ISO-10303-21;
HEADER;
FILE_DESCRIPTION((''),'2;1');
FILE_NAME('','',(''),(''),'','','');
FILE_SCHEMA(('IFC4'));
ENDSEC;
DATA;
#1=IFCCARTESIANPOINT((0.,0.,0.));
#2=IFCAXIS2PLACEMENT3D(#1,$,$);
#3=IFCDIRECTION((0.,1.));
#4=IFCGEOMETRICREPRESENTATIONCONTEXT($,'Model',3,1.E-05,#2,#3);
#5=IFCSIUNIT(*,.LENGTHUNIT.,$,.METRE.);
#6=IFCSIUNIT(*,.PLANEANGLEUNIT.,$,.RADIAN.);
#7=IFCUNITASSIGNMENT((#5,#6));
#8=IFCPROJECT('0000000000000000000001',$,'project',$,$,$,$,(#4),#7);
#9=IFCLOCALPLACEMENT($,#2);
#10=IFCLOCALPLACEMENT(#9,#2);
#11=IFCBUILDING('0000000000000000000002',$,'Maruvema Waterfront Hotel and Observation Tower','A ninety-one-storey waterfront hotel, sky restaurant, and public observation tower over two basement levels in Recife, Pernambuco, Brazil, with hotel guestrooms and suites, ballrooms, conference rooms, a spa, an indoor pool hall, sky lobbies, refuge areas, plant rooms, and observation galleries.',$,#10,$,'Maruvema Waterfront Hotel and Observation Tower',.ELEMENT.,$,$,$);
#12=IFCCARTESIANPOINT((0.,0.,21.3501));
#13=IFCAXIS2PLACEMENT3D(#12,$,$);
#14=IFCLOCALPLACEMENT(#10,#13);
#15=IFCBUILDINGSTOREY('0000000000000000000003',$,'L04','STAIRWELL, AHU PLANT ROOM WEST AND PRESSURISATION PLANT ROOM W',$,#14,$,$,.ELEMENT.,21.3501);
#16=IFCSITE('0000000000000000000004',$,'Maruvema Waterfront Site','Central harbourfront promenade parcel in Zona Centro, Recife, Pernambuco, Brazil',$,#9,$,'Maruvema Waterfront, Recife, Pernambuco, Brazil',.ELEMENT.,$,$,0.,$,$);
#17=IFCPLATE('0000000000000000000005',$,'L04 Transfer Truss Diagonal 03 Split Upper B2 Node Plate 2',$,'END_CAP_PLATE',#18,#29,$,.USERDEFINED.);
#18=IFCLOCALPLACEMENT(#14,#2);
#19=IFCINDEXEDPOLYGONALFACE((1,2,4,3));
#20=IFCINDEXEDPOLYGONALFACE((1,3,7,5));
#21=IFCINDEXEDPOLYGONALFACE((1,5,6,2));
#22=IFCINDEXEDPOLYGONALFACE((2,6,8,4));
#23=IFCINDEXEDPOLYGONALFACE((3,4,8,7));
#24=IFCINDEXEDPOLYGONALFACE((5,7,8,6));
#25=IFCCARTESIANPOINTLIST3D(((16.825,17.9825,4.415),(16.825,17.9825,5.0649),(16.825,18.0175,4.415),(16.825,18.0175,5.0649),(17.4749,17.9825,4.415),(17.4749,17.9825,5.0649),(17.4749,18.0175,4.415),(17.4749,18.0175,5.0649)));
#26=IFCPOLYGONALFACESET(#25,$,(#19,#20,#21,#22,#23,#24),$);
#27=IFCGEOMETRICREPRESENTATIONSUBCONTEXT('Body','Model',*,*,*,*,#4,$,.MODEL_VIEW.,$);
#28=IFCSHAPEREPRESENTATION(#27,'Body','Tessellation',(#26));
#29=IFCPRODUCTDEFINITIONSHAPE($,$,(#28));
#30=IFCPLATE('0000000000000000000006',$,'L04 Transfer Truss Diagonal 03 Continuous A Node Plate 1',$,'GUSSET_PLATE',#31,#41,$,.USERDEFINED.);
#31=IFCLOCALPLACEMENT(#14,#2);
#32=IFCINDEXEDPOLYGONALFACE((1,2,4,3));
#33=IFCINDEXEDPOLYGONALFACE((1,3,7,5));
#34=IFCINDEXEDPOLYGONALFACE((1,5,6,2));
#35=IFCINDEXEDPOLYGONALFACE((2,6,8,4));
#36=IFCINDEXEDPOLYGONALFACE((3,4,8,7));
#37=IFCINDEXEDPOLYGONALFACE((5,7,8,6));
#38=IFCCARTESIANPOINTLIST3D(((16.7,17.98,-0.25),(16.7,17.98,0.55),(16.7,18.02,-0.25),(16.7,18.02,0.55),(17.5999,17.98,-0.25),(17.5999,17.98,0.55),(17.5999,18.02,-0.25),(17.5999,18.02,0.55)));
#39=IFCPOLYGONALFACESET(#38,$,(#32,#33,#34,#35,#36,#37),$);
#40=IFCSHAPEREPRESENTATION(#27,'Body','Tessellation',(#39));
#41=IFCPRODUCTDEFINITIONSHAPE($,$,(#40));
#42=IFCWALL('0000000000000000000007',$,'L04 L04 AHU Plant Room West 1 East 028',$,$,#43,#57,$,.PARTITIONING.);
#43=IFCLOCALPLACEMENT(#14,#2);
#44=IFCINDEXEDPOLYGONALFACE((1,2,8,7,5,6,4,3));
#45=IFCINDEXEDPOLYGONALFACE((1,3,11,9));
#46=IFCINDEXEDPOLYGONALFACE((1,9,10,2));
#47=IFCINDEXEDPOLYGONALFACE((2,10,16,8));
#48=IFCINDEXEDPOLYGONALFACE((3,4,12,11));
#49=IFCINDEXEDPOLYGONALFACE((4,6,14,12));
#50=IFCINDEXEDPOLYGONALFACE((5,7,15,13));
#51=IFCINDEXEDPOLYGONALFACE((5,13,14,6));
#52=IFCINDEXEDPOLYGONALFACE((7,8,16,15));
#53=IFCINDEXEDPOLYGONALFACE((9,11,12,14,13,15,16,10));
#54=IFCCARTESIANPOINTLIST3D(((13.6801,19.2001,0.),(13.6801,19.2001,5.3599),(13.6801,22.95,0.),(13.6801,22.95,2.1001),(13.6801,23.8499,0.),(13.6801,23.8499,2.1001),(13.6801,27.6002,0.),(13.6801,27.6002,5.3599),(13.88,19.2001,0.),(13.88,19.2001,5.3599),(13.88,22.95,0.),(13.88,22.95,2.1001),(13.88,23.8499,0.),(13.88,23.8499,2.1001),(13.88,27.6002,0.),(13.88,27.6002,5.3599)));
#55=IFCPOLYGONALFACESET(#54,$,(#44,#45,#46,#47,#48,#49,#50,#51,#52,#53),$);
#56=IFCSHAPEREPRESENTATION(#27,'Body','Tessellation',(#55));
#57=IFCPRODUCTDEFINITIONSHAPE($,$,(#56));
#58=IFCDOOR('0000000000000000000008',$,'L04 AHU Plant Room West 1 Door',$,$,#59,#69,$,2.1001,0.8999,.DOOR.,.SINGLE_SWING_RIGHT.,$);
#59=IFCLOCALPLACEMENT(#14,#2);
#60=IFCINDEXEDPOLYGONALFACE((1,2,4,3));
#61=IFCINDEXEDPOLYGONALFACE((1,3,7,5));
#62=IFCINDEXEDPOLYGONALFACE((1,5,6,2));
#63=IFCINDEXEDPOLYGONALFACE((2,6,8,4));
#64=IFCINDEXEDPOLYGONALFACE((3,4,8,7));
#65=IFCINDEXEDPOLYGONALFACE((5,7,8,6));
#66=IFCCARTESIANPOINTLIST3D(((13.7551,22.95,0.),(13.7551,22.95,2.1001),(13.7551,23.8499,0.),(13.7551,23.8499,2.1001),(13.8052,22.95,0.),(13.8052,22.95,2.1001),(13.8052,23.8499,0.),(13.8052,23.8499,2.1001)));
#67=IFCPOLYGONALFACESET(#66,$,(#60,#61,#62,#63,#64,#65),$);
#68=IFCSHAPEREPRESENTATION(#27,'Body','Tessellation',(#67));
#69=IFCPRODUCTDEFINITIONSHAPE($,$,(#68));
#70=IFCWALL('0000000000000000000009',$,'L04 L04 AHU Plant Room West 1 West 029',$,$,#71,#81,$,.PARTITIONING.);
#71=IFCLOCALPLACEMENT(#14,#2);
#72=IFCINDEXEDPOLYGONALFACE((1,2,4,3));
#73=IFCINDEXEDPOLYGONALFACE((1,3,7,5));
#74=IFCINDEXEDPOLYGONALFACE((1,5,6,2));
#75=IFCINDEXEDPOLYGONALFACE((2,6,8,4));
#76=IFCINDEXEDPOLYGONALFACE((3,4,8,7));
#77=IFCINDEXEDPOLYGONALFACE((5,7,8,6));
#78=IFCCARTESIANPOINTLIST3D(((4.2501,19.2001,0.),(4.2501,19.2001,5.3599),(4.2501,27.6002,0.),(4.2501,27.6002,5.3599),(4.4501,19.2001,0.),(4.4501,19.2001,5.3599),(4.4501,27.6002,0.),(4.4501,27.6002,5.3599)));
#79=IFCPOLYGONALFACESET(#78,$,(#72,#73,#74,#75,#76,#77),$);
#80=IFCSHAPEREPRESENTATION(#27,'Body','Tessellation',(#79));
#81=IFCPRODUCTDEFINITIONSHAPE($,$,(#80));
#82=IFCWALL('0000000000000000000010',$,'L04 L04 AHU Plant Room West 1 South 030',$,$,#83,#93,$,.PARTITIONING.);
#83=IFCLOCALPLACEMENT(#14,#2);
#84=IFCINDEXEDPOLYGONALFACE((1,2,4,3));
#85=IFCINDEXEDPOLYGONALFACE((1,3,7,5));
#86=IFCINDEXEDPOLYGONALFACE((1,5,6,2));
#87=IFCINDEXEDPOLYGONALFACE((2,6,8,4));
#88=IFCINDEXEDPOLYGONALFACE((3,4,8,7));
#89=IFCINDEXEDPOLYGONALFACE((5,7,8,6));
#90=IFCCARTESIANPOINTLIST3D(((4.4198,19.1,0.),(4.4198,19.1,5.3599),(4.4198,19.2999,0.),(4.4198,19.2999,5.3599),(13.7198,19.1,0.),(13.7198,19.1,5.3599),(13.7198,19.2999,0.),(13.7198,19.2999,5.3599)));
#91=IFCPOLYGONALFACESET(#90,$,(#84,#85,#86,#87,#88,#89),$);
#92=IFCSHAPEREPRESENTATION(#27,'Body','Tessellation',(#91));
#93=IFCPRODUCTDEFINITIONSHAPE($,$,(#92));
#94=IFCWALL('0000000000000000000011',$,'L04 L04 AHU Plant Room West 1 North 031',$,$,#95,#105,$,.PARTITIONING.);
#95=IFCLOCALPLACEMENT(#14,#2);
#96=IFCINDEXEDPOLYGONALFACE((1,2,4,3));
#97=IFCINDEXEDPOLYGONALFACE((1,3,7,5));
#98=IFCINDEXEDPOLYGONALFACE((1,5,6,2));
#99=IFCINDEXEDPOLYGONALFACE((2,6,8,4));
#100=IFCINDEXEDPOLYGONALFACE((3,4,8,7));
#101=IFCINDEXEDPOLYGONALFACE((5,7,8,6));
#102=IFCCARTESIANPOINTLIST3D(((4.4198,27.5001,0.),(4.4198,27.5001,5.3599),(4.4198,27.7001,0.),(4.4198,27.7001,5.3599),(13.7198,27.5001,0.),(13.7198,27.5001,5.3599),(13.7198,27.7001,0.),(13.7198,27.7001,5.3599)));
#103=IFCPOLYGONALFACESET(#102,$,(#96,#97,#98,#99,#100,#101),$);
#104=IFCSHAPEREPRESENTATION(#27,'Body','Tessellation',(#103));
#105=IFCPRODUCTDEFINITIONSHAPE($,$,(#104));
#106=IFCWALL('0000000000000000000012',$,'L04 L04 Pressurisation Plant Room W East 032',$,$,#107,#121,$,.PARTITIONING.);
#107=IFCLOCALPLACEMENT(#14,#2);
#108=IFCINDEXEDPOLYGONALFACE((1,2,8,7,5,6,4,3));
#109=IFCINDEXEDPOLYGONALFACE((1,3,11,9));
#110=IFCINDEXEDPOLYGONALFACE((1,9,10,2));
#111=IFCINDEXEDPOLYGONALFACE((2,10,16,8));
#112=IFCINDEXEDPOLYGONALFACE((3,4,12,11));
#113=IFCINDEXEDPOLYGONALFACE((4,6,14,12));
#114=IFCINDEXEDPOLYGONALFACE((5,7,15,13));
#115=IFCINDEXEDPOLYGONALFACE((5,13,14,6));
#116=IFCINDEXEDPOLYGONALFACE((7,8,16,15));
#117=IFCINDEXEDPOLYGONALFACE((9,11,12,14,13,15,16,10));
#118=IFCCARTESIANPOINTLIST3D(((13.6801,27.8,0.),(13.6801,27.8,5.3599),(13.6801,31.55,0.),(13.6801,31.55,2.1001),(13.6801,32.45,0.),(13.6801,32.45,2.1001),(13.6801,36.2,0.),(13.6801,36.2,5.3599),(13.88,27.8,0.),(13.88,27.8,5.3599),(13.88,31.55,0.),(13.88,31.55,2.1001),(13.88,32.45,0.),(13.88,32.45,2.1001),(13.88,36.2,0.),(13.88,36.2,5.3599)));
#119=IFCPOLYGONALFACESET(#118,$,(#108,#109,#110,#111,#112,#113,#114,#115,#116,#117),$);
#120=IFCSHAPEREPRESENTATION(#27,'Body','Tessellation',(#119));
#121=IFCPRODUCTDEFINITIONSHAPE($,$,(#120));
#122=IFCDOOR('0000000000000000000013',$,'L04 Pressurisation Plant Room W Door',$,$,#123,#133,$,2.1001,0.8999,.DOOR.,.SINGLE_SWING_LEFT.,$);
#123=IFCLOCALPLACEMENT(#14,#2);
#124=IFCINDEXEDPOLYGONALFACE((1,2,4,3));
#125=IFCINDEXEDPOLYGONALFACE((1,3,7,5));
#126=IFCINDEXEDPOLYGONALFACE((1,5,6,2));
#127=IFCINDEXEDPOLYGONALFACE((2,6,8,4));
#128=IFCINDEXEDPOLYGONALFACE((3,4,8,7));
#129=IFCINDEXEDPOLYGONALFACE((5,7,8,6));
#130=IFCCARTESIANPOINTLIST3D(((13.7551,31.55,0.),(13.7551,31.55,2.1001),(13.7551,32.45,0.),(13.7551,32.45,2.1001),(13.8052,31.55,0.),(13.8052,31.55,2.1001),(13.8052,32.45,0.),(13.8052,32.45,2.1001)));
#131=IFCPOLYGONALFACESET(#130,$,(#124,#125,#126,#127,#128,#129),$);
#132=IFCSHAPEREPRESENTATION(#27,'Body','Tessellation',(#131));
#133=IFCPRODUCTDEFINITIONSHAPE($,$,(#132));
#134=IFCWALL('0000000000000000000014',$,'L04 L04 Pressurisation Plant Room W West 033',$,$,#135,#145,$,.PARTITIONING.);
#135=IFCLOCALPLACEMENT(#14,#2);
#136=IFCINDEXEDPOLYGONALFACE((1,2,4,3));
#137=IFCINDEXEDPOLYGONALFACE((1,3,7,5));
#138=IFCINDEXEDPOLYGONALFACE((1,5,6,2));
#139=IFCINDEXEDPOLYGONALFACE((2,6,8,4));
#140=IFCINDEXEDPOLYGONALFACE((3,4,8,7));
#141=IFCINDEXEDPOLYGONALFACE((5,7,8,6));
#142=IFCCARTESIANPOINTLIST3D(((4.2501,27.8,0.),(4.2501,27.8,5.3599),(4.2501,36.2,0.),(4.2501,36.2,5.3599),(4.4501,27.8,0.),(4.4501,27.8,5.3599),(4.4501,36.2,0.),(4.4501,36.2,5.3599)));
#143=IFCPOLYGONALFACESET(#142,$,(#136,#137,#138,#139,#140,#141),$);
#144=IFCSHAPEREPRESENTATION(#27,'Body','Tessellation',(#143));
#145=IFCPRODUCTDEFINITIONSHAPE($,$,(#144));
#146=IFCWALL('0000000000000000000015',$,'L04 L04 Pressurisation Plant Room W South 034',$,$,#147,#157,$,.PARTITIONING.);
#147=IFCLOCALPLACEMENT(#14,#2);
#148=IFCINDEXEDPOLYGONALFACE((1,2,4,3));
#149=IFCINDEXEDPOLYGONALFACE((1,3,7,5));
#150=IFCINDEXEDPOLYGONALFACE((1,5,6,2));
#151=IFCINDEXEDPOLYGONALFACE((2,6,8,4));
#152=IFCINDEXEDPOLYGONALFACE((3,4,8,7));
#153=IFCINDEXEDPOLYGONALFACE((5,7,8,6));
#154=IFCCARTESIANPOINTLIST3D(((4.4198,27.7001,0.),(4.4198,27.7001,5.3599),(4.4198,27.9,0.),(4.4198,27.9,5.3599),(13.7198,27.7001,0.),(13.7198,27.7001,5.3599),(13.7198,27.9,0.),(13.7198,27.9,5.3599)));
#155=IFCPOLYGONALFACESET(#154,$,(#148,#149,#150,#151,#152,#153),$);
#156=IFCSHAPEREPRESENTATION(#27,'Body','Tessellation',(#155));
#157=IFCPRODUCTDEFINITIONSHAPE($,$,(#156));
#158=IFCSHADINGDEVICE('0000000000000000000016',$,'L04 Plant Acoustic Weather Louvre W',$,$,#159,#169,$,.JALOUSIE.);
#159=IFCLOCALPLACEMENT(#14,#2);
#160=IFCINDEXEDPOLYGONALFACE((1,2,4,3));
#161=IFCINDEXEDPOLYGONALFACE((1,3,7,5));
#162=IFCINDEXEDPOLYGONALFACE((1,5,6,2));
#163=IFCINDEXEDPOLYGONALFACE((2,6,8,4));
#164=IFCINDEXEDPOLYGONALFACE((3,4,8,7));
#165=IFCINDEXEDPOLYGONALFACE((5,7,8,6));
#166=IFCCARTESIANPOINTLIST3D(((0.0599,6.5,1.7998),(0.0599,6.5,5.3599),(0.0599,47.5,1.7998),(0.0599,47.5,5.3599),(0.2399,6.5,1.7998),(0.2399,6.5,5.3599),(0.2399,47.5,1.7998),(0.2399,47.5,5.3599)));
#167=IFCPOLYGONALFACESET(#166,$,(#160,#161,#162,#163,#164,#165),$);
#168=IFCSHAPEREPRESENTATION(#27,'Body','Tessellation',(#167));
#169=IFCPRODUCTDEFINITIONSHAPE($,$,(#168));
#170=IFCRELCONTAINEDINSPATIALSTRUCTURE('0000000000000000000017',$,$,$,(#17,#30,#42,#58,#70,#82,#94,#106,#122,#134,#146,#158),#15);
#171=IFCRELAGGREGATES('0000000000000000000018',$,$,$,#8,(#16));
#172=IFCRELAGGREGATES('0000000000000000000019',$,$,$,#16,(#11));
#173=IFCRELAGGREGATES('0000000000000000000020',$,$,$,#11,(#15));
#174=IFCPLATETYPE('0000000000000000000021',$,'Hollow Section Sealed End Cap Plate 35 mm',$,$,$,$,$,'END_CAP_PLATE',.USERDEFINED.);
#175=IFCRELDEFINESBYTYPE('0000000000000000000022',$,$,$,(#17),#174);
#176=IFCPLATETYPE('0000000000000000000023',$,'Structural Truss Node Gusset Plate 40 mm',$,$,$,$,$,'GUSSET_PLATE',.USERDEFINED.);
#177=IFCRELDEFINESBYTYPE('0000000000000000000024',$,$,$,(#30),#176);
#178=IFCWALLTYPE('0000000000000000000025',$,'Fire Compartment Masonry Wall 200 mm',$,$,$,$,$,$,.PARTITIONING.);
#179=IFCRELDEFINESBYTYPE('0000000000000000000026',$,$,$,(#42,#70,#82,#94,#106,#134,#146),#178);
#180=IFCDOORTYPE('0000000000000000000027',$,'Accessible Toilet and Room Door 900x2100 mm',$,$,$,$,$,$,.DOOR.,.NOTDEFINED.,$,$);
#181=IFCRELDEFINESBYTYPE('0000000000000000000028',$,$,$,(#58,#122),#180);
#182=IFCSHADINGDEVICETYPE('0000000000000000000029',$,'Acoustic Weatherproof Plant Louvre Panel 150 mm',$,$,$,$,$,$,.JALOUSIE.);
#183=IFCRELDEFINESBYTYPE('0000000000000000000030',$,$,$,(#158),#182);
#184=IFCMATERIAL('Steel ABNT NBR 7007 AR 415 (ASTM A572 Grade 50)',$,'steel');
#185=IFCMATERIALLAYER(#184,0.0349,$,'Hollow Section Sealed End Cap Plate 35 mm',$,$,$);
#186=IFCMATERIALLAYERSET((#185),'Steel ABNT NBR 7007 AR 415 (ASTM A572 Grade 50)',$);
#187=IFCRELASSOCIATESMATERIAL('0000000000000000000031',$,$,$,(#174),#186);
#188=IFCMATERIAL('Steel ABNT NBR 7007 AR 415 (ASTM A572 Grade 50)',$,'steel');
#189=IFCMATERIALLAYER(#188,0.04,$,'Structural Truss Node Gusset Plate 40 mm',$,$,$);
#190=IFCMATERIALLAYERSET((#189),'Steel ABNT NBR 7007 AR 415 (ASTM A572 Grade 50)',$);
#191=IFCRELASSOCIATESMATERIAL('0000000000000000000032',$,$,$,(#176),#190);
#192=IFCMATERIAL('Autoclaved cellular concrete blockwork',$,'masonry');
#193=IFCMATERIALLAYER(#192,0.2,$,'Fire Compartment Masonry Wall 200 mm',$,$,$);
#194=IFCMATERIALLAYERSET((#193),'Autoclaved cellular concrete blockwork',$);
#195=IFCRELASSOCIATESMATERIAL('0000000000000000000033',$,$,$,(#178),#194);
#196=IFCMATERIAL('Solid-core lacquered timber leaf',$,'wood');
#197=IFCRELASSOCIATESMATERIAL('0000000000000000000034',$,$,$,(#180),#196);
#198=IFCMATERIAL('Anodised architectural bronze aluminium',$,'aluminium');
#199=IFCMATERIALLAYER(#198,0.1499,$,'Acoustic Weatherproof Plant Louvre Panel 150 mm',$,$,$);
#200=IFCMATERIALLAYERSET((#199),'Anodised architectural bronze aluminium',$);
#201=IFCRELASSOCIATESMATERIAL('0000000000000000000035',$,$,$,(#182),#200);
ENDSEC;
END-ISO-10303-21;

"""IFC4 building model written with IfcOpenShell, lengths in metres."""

from ifc_helpers import new_model, si_unit, direction, frame, frame_2d, origin, origin_2d, place, context, subcontext, project, spatial, rectangle, extrude, material, layer, layer_set, type_object, element, fill, save


model = new_model("IFC4")

# Units and contexts
model_context = context("Model", 3, precision=1e-05, world=origin(), true_north=direction((0.0, 1.0)))
body_context = subcontext(model_context, "Body", "Model", "MODEL_VIEW")
ifc_project = project(units=[si_unit("LENGTHUNIT", "METRE"), si_unit("PLANEANGLEUNIT", "RADIAN")], contexts=[model_context])

# Site, building, storey
site_placement = place(None, origin())
site = spatial("IfcSite", under=ifc_project, at=site_placement, Name="Maruvema Waterfront Site", Description="Central harbourfront promenade parcel in Zona Centro, Recife, Pernambuco, Brazil", LongName="Maruvema Waterfront, Recife, Pernambuco, Brazil", CompositionType="ELEMENT", RefElevation=0.0)
building_placement = place(site_placement, origin())
building = spatial("IfcBuilding", under=site, at=building_placement, Name="Maruvema Waterfront Hotel and Observation Tower", Description="A ninety-one-storey waterfront hotel, sky restaurant, and public observation tower over two basement levels in Recife, Pernambuco, Brazil, with hotel guestrooms and suites, ballrooms, conference rooms, a spa, an indoor pool hall, sky lobbies, refuge areas, plant rooms, and observation galleries.", LongName="Maruvema Waterfront Hotel and Observation Tower", CompositionType="ELEMENT")
storey_placement = place(building_placement, frame((0.0, 0.0, 21.3501)))
storey = spatial("IfcBuildingStorey", under=building, at=storey_placement, Name="L04", Description="STAIRWELL, AHU PLANT ROOM WEST AND PRESSURISATION PLANT ROOM W", CompositionType="ELEMENT", Elevation=21.3501)

# Plates
ifc_material_1 = material(Name="Steel ABNT NBR 7007 AR 415 (ASTM A572 Grade 50)", Category="steel")
ifc_layer_1 = layer(ifc_material_1, 0.0349, Name="Hollow Section Sealed End Cap Plate 35 mm")
ifc_layer_set_1 = layer_set([ifc_layer_1], Name="Steel ABNT NBR 7007 AR 415 (ASTM A572 Grade 50)")
plate_type_1 = type_object("IfcPlateType", Name="Hollow Section Sealed End Cap Plate 35 mm", ElementType="END_CAP_PLATE", PredefinedType="USERDEFINED", material=ifc_layer_set_1)
plate_1_placement = place(storey_placement, frame((17.1499, 18.0, 4.415), z_axis=(0.0, 0.0, 1.0), x_axis=(-1.0, 0.0, 0.0)))
element("IfcPlate", 1, at=plate_1_placement, inside=storey, type_object=plate_type_1, Name="L04 Transfer Truss Diagonal 03 Split Upper B2 Node Plate 2", ObjectType="END_CAP_PLATE", PredefinedType="USERDEFINED", context=body_context, shape_type="SweptSolid", body=[
    extrude(rectangle(XDim=0.6499, YDim=0.0349, at=origin_2d()), origin(), (0.0, 0.0, 1.0), 0.6499),
])
ifc_material_2 = material(Name="Steel ABNT NBR 7007 AR 415 (ASTM A572 Grade 50)", Category="steel")
ifc_layer_2 = layer(ifc_material_2, 0.04, Name="Structural Truss Node Gusset Plate 40 mm")
ifc_layer_set_2 = layer_set([ifc_layer_2], Name="Steel ABNT NBR 7007 AR 415 (ASTM A572 Grade 50)")
plate_type_2 = type_object("IfcPlateType", Name="Structural Truss Node Gusset Plate 40 mm", ElementType="GUSSET_PLATE", PredefinedType="USERDEFINED", material=ifc_layer_set_2)
plate_2_placement = place(storey_placement, frame((17.1499, 18.0, -0.25), z_axis=(0.0, 0.0, 1.0), x_axis=(1.0, 0.0, 0.0)))
element("IfcPlate", 2, at=plate_2_placement, inside=storey, type_object=plate_type_2, Name="L04 Transfer Truss Diagonal 03 Continuous A Node Plate 1", ObjectType="GUSSET_PLATE", PredefinedType="USERDEFINED", context=body_context, shape_type="SweptSolid", body=[
    extrude(rectangle(XDim=0.8999, YDim=0.04, at=origin_2d()), origin(), (0.0, 0.0, 1.0), 0.8),
])

# Wall, opening, door
ifc_material_3 = material(Name="Autoclaved cellular concrete blockwork", Category="masonry")
ifc_layer_3 = layer(ifc_material_3, 0.2, Name="Fire Compartment Masonry Wall 200 mm")
ifc_layer_set_3 = layer_set([ifc_layer_3], Name="Autoclaved cellular concrete blockwork")
wall_type = type_object("IfcWallType", Name="Fire Compartment Masonry Wall 200 mm", PredefinedType="PARTITIONING", material=ifc_layer_set_3)
wall_1_placement = place(storey_placement, frame((13.78, 19.2, 0.0), z_axis=(0.0, 0.0, 1.0), x_axis=(0.0, 1.0, 0.0)))
wall_1 = element("IfcWall", 3, at=wall_1_placement, inside=storey, type_object=wall_type, Name="L04 L04 AHU Plant Room West 1 East 028", PredefinedType="PARTITIONING", context=body_context, shape_type="SweptSolid", body=[
    extrude(rectangle(XDim=8.4001, YDim=0.2, at=frame_2d((4.2002, 0.0))), origin(), (0.0, 0.0, 1.0), 5.3599),
])
opening_1_placement = place(wall_1_placement, frame((3.75, 0.0, 0.0)))
opening_1 = element("IfcOpeningElement", 4, at=opening_1_placement, cuts=wall_1, PredefinedType="OPENING", context=body_context, shape_type="SweptSolid", body=[
    extrude(rectangle(XDim=0.8999, YDim=2.1001, at=frame_2d((0.45, 1.05))), frame((0.0, 0.1099, 0.0), z_axis=(0.0, -1.0, 0.0), x_axis=(1.0, 0.0, 0.0)), (0.0, 0.0, 1.0), 0.22),
])
ifc_material_4 = material(Name="Solid-core lacquered timber leaf", Category="wood")
door_type = type_object("IfcDoorType", Name="Accessible Toilet and Room Door 900x2100 mm", OperationType="NOTDEFINED", PredefinedType="DOOR", material=ifc_material_4)
door_1_placement = place(opening_1_placement, origin())
door_1 = element("IfcDoor", 5, at=door_1_placement, inside=storey, type_object=door_type, Name="L04 AHU Plant Room West 1 Door", OperationType="SINGLE_SWING_RIGHT", OverallHeight=2.1001, OverallWidth=0.8999, PredefinedType="DOOR", context=body_context, shape_type="SweptSolid", body=[
    extrude(rectangle(XDim=0.8999, YDim=2.1001, at=frame_2d((0.45, 1.05))), frame((0.0, 0.0249, 0.0), z_axis=(0.0, -1.0, 0.0), x_axis=(1.0, 0.0, 0.0)), (0.0, 0.0, 1.0), 0.05),
])
fill(opening_1, door_1)

# Walls
wall_2_placement = place(storey_placement, frame((4.3501, 19.2, 0.0), z_axis=(0.0, 0.0, 1.0), x_axis=(0.0, 1.0, 0.0)))
element("IfcWall", 6, at=wall_2_placement, inside=storey, type_object=wall_type, Name="L04 L04 AHU Plant Room West 1 West 029", PredefinedType="PARTITIONING", context=body_context, shape_type="SweptSolid", body=[
    extrude(rectangle(XDim=8.4001, YDim=0.2, at=frame_2d((4.2002, 0.0))), origin(), (0.0, 0.0, 1.0), 5.3599),
])
for number, where, z_axis, x_axis, name in (
    (7, (4.4199, 19.2, 0.0), (0.0, 0.0, 1.0), (1.0, 0.0, 0.0), "L04 L04 AHU Plant Room West 1 South 030"),
    (8, (4.4199, 27.6001, 0.0), (0.0, 0.0, 1.0), (1.0, 0.0, 0.0), "L04 L04 AHU Plant Room West 1 North 031"),
):
    element("IfcWall", number, at=place(storey_placement, frame(where, z_axis=z_axis, x_axis=x_axis)), inside=storey, type_object=wall_type, Name=name, PredefinedType="PARTITIONING", context=body_context, shape_type="SweptSolid", body=[
        extrude(rectangle(XDim=9.3, YDim=0.2, at=frame_2d((4.6499, 0.0))), origin(), (0.0, 0.0, 1.0), 5.3599),
    ])

# Wall, opening, door
wall_3_placement = place(storey_placement, frame((13.78, 27.8, 0.0), z_axis=(0.0, 0.0, 1.0), x_axis=(0.0, 1.0, 0.0)))
wall_3 = element("IfcWall", 9, at=wall_3_placement, inside=storey, type_object=wall_type, Name="L04 L04 Pressurisation Plant Room W East 032", PredefinedType="PARTITIONING", context=body_context, shape_type="SweptSolid", body=[
    extrude(rectangle(XDim=8.3999, YDim=0.2, at=frame_2d((4.2, 0.0))), origin(), (0.0, 0.0, 1.0), 5.3599),
])
opening_2_placement = place(wall_3_placement, frame((3.75, 0.0, 0.0)))
opening_2 = element("IfcOpeningElement", 10, at=opening_2_placement, cuts=wall_3, PredefinedType="OPENING", context=body_context, shape_type="SweptSolid", body=[
    extrude(rectangle(XDim=0.8999, YDim=2.1001, at=frame_2d((0.45, 1.05))), frame((0.0, 0.1099, 0.0), z_axis=(0.0, -1.0, 0.0), x_axis=(1.0, 0.0, 0.0)), (0.0, 0.0, 1.0), 0.22),
])
door_2_placement = place(opening_2_placement, origin())
door_2 = element("IfcDoor", 11, at=door_2_placement, inside=storey, type_object=door_type, Name="L04 Pressurisation Plant Room W Door", OperationType="SINGLE_SWING_LEFT", OverallHeight=2.1001, OverallWidth=0.8999, PredefinedType="DOOR", context=body_context, shape_type="SweptSolid", body=[
    extrude(rectangle(XDim=0.8999, YDim=2.1001, at=frame_2d((0.45, 1.05))), frame((0.0, 0.0249, 0.0), z_axis=(0.0, -1.0, 0.0), x_axis=(1.0, 0.0, 0.0)), (0.0, 0.0, 1.0), 0.05),
])
fill(opening_2, door_2)

# Walls
wall_4_placement = place(storey_placement, frame((4.3501, 27.8, 0.0), z_axis=(0.0, 0.0, 1.0), x_axis=(0.0, 1.0, 0.0)))
element("IfcWall", 12, at=wall_4_placement, inside=storey, type_object=wall_type, Name="L04 L04 Pressurisation Plant Room W West 033", PredefinedType="PARTITIONING", context=body_context, shape_type="SweptSolid", body=[
    extrude(rectangle(XDim=8.3999, YDim=0.2, at=frame_2d((4.2, 0.0))), origin(), (0.0, 0.0, 1.0), 5.3599),
])
wall_5_placement = place(storey_placement, frame((4.4199, 27.8, 0.0), z_axis=(0.0, 0.0, 1.0), x_axis=(1.0, 0.0, 0.0)))
element("IfcWall", 13, at=wall_5_placement, inside=storey, type_object=wall_type, Name="L04 L04 Pressurisation Plant Room W South 034", PredefinedType="PARTITIONING", context=body_context, shape_type="SweptSolid", body=[
    extrude(rectangle(XDim=9.3, YDim=0.2, at=frame_2d((4.6499, 0.0))), origin(), (0.0, 0.0, 1.0), 5.3599),
])

# Shading device
ifc_material_5 = material(Name="Anodised architectural bronze aluminium", Category="aluminium")
ifc_layer_4 = layer(ifc_material_5, 0.1499, Name="Acoustic Weatherproof Plant Louvre Panel 150 mm")
ifc_layer_set_4 = layer_set([ifc_layer_4], Name="Anodised architectural bronze aluminium")
shading_device_type = type_object("IfcShadingDeviceType", Name="Acoustic Weatherproof Plant Louvre Panel 150 mm", PredefinedType="JALOUSIE", material=ifc_layer_set_4)
shading_device_placement = place(storey_placement, frame((0.1499, 27.0, 1.7998), z_axis=(0.0, 0.0, 1.0), x_axis=(0.0, -1.0, 0.0)))
element("IfcShadingDevice", 14, at=shading_device_placement, inside=storey, type_object=shading_device_type, Name="L04 Plant Acoustic Weather Louvre W", PredefinedType="JALOUSIE", context=body_context, shape_type="SweptSolid", body=[
    extrude(rectangle(XDim=41.0, YDim=0.1799, at=origin_2d()), origin(), (0.0, 0.0, 1.0), 3.5601),
])

save(model, "model.ifc")
